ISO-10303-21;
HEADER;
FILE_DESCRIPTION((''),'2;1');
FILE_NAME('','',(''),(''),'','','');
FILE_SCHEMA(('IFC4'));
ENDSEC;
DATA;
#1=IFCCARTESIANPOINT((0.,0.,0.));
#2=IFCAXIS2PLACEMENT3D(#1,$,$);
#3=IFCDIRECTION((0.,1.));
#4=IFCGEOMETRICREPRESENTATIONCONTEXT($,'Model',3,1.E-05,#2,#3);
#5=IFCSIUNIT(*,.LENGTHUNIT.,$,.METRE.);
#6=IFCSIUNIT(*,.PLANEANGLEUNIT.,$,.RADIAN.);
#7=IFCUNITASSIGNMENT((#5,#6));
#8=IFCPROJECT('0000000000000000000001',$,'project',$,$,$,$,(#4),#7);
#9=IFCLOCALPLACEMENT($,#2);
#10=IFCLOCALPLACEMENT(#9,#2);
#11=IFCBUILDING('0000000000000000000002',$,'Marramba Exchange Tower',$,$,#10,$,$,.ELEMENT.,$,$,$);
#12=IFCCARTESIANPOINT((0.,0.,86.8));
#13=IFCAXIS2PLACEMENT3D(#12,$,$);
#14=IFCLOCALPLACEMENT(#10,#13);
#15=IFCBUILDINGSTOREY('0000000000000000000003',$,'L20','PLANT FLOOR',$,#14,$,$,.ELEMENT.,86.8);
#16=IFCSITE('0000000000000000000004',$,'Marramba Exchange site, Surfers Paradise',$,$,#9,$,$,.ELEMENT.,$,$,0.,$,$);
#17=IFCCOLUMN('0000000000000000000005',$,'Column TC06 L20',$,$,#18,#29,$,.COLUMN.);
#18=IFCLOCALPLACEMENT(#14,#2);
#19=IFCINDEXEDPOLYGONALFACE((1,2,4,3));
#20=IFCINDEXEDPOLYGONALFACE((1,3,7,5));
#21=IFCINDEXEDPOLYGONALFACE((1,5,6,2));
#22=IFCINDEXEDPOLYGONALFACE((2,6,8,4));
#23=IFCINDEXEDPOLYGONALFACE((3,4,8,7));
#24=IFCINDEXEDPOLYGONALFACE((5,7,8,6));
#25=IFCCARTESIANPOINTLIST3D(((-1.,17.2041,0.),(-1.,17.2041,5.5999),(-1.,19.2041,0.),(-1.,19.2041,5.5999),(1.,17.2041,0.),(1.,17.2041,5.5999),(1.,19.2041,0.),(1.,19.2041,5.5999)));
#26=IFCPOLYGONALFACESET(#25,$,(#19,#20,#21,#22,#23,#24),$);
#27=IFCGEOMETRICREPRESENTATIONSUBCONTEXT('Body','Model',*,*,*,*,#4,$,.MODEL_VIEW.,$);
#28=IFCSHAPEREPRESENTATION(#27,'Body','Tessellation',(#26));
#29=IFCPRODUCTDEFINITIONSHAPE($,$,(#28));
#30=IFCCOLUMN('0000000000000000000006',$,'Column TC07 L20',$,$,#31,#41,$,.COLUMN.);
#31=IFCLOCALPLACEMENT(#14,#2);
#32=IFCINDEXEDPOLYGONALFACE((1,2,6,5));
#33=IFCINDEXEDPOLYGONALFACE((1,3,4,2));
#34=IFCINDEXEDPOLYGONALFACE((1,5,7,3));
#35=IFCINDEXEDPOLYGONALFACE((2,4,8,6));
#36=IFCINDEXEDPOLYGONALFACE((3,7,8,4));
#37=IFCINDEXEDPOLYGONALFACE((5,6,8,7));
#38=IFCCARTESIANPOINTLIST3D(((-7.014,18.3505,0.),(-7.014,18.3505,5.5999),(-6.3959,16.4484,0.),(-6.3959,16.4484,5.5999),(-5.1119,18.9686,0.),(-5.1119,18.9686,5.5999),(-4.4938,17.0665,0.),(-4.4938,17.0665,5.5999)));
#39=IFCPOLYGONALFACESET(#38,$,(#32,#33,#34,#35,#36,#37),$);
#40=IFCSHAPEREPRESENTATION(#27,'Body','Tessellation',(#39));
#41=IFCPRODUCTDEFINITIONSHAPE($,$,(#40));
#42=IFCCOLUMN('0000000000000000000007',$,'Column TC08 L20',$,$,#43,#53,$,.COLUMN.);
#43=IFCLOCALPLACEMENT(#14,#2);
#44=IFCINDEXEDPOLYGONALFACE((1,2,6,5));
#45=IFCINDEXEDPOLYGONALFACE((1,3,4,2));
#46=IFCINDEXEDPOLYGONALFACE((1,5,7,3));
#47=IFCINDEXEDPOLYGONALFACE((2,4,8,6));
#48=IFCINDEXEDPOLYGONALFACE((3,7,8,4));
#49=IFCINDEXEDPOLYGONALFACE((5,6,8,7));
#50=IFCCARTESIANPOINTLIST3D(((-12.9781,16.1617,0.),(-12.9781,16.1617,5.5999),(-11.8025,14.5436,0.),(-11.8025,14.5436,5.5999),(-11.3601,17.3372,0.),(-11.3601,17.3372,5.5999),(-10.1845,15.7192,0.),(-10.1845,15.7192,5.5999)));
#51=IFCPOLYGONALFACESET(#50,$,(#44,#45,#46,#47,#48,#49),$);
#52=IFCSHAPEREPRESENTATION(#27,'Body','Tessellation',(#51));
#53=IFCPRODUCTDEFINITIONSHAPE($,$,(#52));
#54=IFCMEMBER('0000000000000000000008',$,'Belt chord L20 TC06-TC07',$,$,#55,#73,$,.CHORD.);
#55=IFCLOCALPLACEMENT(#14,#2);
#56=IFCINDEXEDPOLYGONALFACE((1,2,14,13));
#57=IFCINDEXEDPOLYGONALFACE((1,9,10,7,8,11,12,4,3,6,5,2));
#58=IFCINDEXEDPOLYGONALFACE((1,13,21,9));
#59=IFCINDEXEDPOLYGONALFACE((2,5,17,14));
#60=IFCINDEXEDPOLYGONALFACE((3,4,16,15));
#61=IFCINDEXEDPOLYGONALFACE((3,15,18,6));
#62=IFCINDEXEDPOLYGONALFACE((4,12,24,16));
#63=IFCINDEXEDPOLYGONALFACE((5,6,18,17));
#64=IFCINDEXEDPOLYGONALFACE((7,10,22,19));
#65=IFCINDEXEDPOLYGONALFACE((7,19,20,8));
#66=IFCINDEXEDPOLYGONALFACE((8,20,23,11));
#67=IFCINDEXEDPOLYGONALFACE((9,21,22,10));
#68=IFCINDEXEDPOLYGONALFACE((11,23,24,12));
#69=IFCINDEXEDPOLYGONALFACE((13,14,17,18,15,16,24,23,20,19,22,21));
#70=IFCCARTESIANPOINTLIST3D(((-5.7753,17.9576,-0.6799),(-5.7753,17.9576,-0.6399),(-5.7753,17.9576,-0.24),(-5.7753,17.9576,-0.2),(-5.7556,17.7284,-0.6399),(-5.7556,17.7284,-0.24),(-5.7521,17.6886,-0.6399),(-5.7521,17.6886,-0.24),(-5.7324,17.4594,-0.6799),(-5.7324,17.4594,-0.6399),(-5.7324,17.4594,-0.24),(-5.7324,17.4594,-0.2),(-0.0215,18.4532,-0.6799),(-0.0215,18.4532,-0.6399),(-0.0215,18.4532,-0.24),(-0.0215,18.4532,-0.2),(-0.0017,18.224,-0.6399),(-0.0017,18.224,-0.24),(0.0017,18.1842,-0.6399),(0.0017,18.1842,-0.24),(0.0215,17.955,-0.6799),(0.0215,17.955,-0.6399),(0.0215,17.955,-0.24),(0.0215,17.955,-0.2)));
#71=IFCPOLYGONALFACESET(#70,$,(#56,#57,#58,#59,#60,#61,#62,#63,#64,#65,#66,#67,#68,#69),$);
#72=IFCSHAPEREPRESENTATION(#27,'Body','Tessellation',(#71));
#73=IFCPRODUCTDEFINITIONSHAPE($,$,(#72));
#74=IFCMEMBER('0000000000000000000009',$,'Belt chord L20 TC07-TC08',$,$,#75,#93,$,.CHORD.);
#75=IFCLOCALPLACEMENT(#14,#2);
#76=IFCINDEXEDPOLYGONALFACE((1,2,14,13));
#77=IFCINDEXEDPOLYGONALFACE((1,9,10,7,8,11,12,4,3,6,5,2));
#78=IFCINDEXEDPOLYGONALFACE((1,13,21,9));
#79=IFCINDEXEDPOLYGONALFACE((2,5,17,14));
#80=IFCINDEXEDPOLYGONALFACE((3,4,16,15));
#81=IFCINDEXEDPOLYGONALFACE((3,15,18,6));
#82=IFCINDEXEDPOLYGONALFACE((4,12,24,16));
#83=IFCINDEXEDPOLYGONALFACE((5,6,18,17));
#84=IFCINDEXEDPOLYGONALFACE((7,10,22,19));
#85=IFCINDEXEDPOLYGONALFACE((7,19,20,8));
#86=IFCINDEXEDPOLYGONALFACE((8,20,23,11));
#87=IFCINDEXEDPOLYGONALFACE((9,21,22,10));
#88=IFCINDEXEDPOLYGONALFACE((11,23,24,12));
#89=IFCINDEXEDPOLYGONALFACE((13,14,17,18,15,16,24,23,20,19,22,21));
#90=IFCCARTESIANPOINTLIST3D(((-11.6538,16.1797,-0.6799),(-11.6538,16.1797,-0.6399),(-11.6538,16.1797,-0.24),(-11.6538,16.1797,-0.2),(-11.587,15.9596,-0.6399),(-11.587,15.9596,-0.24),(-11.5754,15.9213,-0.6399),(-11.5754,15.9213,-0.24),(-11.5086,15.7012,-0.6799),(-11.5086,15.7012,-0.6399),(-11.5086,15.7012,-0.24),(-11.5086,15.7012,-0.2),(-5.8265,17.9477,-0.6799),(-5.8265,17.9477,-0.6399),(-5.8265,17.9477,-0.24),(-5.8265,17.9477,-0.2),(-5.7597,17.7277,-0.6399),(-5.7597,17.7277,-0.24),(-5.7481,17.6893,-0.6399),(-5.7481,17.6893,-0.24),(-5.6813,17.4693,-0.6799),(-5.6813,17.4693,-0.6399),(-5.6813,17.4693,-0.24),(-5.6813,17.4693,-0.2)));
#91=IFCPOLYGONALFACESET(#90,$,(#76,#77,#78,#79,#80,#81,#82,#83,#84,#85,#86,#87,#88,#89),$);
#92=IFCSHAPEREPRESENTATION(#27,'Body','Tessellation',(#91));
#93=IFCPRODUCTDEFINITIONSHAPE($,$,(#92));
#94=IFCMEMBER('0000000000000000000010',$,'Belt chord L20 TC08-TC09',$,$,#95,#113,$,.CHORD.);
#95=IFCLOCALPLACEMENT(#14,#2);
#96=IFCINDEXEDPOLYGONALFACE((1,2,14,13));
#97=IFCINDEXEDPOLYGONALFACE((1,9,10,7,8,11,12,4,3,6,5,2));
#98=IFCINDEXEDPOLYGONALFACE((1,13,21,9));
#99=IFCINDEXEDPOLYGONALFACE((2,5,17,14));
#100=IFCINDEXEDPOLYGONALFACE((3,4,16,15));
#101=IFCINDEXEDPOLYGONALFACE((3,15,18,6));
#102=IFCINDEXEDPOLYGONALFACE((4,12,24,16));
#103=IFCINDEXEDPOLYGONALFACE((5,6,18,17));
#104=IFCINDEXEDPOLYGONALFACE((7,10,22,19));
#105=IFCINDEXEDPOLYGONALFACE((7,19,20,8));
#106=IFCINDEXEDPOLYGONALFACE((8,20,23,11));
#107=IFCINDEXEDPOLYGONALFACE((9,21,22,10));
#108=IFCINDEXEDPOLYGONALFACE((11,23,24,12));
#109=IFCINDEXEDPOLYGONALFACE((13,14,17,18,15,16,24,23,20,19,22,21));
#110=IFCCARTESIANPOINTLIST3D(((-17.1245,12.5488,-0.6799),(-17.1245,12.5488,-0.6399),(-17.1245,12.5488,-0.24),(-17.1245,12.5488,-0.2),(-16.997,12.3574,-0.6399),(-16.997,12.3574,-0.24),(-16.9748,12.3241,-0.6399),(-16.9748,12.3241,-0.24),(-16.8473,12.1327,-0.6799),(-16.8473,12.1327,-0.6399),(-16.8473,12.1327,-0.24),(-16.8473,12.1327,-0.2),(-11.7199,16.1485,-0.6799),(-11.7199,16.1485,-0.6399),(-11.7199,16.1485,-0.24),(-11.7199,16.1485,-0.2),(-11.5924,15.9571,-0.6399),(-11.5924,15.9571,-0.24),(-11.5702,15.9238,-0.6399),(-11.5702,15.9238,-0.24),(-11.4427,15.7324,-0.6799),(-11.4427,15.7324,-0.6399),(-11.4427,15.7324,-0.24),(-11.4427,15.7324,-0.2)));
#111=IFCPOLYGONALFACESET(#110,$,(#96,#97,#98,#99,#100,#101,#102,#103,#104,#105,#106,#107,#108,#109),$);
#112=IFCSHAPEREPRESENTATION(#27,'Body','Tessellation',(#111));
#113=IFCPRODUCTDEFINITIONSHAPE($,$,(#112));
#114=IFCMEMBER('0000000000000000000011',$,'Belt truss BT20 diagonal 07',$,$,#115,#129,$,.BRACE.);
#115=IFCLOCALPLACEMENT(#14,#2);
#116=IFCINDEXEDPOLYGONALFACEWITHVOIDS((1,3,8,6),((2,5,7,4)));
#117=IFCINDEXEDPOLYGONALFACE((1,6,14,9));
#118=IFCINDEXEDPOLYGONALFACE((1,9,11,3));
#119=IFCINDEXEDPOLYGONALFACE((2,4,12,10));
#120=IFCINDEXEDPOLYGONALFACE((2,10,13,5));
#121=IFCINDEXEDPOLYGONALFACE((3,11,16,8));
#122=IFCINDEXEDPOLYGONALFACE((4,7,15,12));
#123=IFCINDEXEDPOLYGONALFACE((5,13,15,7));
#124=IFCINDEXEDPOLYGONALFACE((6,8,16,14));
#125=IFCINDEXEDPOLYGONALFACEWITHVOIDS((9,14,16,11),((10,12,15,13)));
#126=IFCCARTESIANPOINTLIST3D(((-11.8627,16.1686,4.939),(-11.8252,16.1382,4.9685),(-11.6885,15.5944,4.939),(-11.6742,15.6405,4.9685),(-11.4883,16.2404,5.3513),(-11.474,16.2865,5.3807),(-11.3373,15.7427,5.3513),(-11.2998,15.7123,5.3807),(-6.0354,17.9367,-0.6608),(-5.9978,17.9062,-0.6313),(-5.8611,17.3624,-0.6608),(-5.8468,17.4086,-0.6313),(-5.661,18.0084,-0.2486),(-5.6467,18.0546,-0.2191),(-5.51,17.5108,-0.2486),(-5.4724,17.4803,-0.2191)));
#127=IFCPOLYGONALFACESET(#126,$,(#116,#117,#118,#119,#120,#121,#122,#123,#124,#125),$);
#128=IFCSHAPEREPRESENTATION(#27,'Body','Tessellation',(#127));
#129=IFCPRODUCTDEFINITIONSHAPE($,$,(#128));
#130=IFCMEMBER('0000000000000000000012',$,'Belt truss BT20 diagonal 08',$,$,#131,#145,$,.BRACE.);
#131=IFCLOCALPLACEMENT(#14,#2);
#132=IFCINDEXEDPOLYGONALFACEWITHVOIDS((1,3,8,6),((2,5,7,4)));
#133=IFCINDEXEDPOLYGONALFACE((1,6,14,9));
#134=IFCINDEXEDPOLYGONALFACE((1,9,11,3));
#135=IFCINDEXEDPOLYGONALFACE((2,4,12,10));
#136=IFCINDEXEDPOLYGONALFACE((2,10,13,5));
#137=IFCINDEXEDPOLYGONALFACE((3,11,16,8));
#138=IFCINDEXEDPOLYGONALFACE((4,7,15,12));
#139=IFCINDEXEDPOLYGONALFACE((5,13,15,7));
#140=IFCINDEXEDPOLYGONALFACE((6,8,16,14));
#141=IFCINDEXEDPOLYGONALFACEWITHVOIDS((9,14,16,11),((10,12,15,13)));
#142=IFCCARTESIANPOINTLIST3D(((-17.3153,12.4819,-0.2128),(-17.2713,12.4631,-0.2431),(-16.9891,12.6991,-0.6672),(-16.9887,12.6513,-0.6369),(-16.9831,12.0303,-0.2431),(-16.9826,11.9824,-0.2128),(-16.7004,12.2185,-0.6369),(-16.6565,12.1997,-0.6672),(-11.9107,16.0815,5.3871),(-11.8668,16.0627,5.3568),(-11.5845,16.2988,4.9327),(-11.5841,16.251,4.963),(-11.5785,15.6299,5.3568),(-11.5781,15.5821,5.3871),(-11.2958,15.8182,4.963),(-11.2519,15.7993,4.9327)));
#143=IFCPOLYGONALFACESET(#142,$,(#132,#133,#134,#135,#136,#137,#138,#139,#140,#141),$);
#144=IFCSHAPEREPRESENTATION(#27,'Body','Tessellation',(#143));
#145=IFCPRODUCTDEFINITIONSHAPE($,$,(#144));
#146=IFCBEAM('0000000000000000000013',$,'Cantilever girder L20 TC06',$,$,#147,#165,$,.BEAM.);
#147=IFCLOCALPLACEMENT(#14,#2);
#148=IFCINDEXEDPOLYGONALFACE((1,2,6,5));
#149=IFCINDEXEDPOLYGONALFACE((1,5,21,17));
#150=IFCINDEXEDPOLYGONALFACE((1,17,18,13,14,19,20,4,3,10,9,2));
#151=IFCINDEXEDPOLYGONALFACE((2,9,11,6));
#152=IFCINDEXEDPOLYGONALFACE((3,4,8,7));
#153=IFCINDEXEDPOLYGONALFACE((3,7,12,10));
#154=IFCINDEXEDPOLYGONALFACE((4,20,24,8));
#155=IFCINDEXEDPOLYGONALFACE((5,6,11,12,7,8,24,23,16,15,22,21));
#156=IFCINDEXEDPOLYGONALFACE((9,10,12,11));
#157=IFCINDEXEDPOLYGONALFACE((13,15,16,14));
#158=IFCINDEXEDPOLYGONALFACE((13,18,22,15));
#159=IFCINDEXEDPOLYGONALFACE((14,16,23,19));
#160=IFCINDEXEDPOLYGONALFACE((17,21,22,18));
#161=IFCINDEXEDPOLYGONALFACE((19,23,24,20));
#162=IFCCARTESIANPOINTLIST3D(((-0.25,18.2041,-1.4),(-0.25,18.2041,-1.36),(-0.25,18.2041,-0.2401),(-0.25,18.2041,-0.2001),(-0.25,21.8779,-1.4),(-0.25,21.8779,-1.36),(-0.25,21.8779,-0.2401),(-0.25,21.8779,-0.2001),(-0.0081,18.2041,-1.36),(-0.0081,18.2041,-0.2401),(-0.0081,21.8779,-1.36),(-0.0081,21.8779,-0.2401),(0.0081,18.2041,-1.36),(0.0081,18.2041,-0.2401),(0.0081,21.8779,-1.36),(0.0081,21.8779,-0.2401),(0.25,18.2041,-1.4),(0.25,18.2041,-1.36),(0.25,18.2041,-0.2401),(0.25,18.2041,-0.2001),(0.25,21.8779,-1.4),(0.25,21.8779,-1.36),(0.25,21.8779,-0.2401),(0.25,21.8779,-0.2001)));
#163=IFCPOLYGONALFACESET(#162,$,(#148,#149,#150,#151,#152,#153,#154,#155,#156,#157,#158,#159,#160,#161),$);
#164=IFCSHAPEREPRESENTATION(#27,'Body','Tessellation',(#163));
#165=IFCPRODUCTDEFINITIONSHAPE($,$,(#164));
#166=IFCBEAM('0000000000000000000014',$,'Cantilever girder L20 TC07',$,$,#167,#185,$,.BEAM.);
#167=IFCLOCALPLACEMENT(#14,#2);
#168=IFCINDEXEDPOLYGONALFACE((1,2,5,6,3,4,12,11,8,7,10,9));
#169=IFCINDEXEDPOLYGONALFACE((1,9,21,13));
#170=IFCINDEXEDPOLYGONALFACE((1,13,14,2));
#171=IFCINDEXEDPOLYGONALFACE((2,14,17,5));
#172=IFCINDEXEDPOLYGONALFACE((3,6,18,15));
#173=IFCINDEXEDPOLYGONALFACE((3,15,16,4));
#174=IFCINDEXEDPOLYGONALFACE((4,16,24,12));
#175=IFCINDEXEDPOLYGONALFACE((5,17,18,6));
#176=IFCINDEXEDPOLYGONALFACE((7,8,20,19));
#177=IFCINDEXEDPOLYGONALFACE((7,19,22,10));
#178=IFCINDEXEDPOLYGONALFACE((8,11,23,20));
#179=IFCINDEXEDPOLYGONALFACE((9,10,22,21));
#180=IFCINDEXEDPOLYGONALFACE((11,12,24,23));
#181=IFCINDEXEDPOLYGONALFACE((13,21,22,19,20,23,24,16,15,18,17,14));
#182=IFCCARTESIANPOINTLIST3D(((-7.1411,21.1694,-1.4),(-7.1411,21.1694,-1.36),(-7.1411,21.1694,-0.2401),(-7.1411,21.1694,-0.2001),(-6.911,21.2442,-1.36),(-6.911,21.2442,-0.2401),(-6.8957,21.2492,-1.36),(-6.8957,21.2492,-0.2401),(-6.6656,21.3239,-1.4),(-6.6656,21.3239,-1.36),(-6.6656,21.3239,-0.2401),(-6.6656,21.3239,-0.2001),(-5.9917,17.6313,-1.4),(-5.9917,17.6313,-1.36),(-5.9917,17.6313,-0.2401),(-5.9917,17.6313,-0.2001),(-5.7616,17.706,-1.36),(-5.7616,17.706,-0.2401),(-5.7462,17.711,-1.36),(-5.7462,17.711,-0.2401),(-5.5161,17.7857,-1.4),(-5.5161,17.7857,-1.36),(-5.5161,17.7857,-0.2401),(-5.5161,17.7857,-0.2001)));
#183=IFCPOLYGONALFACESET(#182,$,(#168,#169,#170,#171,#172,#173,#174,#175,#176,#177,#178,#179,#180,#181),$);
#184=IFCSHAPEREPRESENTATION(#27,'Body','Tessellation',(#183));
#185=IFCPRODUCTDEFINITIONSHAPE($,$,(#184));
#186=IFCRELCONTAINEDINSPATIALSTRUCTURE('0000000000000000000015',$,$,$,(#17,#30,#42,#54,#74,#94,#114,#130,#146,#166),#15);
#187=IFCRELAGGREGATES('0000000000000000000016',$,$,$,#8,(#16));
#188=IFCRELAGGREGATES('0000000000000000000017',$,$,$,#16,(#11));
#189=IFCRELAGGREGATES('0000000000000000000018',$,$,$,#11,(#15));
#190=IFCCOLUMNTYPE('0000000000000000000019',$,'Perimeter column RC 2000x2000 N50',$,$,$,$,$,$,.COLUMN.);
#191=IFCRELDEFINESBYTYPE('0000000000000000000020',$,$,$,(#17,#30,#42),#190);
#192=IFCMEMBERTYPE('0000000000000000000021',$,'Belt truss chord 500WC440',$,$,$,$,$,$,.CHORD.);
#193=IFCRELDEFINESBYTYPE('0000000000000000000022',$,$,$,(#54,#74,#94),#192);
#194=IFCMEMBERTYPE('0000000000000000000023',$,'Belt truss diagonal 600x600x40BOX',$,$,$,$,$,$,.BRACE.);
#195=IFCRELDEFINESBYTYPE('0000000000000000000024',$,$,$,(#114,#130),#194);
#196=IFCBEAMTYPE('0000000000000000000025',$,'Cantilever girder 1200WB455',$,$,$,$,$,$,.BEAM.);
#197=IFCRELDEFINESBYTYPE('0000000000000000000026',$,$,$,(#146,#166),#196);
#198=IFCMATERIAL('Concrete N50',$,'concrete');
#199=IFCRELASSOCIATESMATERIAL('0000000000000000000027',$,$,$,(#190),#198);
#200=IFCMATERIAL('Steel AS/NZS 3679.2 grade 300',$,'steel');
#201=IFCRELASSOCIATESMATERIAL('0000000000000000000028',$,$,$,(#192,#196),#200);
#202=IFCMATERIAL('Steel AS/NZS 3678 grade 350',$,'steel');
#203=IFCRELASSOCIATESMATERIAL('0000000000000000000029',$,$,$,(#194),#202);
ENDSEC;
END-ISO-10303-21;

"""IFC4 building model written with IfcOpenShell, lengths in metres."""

from ifc_helpers import new_model, si_unit, direction, frame, origin, origin_2d, place, context, subcontext, project, spatial, rectangle, hollow_rectangle, i_section, extrude, material, material_profile, profile_set, type_object, element, save


model = new_model("IFC4")

# Units and contexts
model_context = context("Model", 3, precision=1e-05, world=origin(), true_north=direction((0.0, 1.0)))
body_context = subcontext(model_context, "Body", "Model", "MODEL_VIEW")
ifc_project = project(units=[si_unit("LENGTHUNIT", "METRE"), si_unit("PLANEANGLEUNIT", "RADIAN")], contexts=[model_context])

# Site, building, storey
site_placement = place(None, origin())
site = spatial("IfcSite", under=ifc_project, at=site_placement, Name="Marramba Exchange site, Surfers Paradise", CompositionType="ELEMENT", RefElevation=0.0)
building_placement = place(site_placement, origin())
building = spatial("IfcBuilding", under=site, at=building_placement, Name="Marramba Exchange Tower", CompositionType="ELEMENT")
storey_placement = place(building_placement, frame((0.0, 0.0, 86.8)))
storey = spatial("IfcBuildingStorey", under=building, at=storey_placement, Name="L20", Description="PLANT FLOOR", CompositionType="ELEMENT", Elevation=86.8)

# Columns
ifc_material_1 = material(Name="Concrete N50", Category="concrete")
ifc_material_profile_1 = material_profile(ifc_material_1, rectangle(XDim=2.0, YDim=2.0, at=origin_2d()), Name="RC 2000x2000")
ifc_profile_set_1 = profile_set([ifc_material_profile_1], Name="Concrete N50")
column_type = type_object("IfcColumnType", Name="Perimeter column RC 2000x2000 N50", PredefinedType="COLUMN", material=ifc_profile_set_1)
for number, where, z_axis, x_axis, name in (
    (1, (0.0, 18.2041, 0.0), (0.0, 0.0, 1.0), (0.0, 1.0, 0.0), "Column TC06 L20"),
    (2, (-5.7539, 17.7085, 0.0), (0.0, 0.0, 1.0), (-0.309017, 0.951057, 0.0), "Column TC07 L20"),
    (3, (-11.5813, 15.9404, 0.0), (0.0, 0.0, 1.0), (-0.587785, 0.809017, 0.0), "Column TC08 L20"),
):
    element("IfcColumn", number, at=place(storey_placement, frame(where, z_axis=z_axis, x_axis=x_axis)), inside=storey, type_object=column_type, Name=name, PredefinedType="COLUMN", context=body_context, shape_type="SweptSolid", body=[
        extrude(rectangle(XDim=2.0, YDim=2.0, at=origin_2d()), origin(), (0.0, 0.0, 1.0), 5.5999),
    ])

# Members
ifc_material_2 = material(Name="Steel AS/NZS 3679.2 grade 300", Category="steel")
ifc_material_profile_2 = material_profile(ifc_material_2, i_section(OverallWidth=0.5, OverallDepth=0.48, WebThickness=0.04, FlangeThickness=0.04, at=origin_2d()), Name="500WC440")
ifc_profile_set_2 = profile_set([ifc_material_profile_2], Name="Steel AS/NZS 3679.2 grade 300")
member_type_1 = type_object("IfcMemberType", Name="Belt truss chord 500WC440", PredefinedType="CHORD", material=ifc_profile_set_2)
member_1_placement = place(storey_placement, frame((0.0, 18.2041, -0.4399), z_axis=(-0.996311, -0.085816, 0.0), x_axis=(0.085816, -0.996311, 0.0)))
element("IfcMember", 4, at=member_1_placement, inside=storey, type_object=member_type_1, Name="Belt chord L20 TC06-TC07", PredefinedType="CHORD", context=body_context, shape_type="SweptSolid", body=[
    extrude(i_section(OverallWidth=0.5, OverallDepth=0.48, WebThickness=0.04, FlangeThickness=0.04, at=origin_2d()), origin(), (0.0, 0.0, 1.0), 5.7751),
])
member_2_placement = place(storey_placement, frame((-5.7539, 17.7085, -0.4399), z_axis=(-0.956925, -0.290337, 0.0), x_axis=(0.290337, -0.956925, 0.0)))
element("IfcMember", 5, at=member_2_placement, inside=storey, type_object=member_type_1, Name="Belt chord L20 TC07-TC08", PredefinedType="CHORD", context=body_context, shape_type="SweptSolid", body=[
    extrude(i_section(OverallWidth=0.5, OverallDepth=0.48, WebThickness=0.04, FlangeThickness=0.04, at=origin_2d()), origin(), (0.0, 0.0, 1.0), 6.0896),
])
member_3_placement = place(storey_placement, frame((-11.5813, 15.9404, -0.4399), z_axis=(-0.832293, -0.554336, 0.0), x_axis=(0.554336, -0.832293, 0.0)))
element("IfcMember", 6, at=member_3_placement, inside=storey, type_object=member_type_1, Name="Belt chord L20 TC08-TC09", PredefinedType="CHORD", context=body_context, shape_type="SweptSolid", body=[
    extrude(i_section(OverallWidth=0.5, OverallDepth=0.48, WebThickness=0.04, FlangeThickness=0.04, at=origin_2d()), origin(), (0.0, 0.0, 1.0), 6.4937),
])
ifc_material_3 = material(Name="Steel AS/NZS 3678 grade 350", Category="steel")
ifc_material_profile_3 = material_profile(ifc_material_3, hollow_rectangle(XDim=0.6001, YDim=0.6001, WallThickness=0.04, at=origin_2d()), Name="600x600x40BOX")
ifc_profile_set_3 = profile_set([ifc_material_profile_3], Name="Steel AS/NZS 3678 grade 350")
member_type_2 = type_object("IfcMemberType", Name="Belt truss diagonal 600x600x40BOX", PredefinedType="BRACE", material=ifc_profile_set_3)
member_4_placement = place(storey_placement, frame((-5.7539, 17.7085, -0.4399), z_axis=(-0.704385, -0.213715, 0.676881), x_axis=(0.290337, -0.956925, 0.0)))
element("IfcMember", 7, at=member_4_placement, inside=storey, type_object=member_type_2, Name="Belt truss BT20 diagonal 07", PredefinedType="BRACE", context=body_context, shape_type="SweptSolid", body=[
    extrude(hollow_rectangle(XDim=0.6001, YDim=0.6001, WallThickness=0.04, at=origin_2d()), origin(), (0.0, 0.0, 1.0), 8.2729),
])
member_5_placement = place(storey_placement, frame((-11.5813, 15.9404, 5.1599), z_axis=(-0.630293, -0.419797, -0.653071), x_axis=(0.554336, -0.832293, 0.0)))
element("IfcMember", 8, at=member_5_placement, inside=storey, type_object=member_type_2, Name="Belt truss BT20 diagonal 08", PredefinedType="BRACE", context=body_context, shape_type="SweptSolid", body=[
    extrude(hollow_rectangle(XDim=0.6001, YDim=0.6001, WallThickness=0.04, at=origin_2d()), origin(), (0.0, 0.0, 1.0), 8.5747),
])

# Beams
ifc_material_profile_4 = material_profile(ifc_material_2, i_section(OverallWidth=0.5, OverallDepth=1.2, WebThickness=0.0161, FlangeThickness=0.04, at=origin_2d()), Name="1200WB455")
ifc_profile_set_4 = profile_set([ifc_material_profile_4], Name="Steel AS/NZS 3679.2 grade 300")
beam_type_1 = type_object("IfcBeamType", Name="Cantilever girder 1200WB455", PredefinedType="BEAM", material=ifc_profile_set_4)
beam_1_placement = place(storey_placement, frame((0.0, 18.2041, -0.8), z_axis=(0.0, 1.0, 0.0), x_axis=(-1.0, 0.0, 0.0)))
element("IfcBeam", 9, at=beam_1_placement, inside=storey, type_object=beam_type_1, Name="Cantilever girder L20 TC06", PredefinedType="BEAM", context=body_context, shape_type="SweptSolid", body=[
    extrude(i_section(OverallWidth=0.5, OverallDepth=1.2, WebThickness=0.0161, FlangeThickness=0.04, at=origin_2d()), origin(), (0.0, 0.0, 1.0), 3.6738),
])
beam_2_placement = place(storey_placement, frame((-5.7539, 17.7085, -0.8), z_axis=(-0.308973, 0.951071, 0.0), x_axis=(-0.951071, -0.308973, 0.0)))
element("IfcBeam", 10, at=beam_2_placement, inside=storey, type_object=beam_type_1, Name="Cantilever girder L20 TC07", PredefinedType="BEAM", context=body_context, shape_type="SweptSolid", body=[
    extrude(i_section(OverallWidth=0.5, OverallDepth=1.2, WebThickness=0.0161, FlangeThickness=0.04, at=origin_2d()), origin(), (0.0, 0.0, 1.0), 3.7202),
])

save(model, "model.ifc")
